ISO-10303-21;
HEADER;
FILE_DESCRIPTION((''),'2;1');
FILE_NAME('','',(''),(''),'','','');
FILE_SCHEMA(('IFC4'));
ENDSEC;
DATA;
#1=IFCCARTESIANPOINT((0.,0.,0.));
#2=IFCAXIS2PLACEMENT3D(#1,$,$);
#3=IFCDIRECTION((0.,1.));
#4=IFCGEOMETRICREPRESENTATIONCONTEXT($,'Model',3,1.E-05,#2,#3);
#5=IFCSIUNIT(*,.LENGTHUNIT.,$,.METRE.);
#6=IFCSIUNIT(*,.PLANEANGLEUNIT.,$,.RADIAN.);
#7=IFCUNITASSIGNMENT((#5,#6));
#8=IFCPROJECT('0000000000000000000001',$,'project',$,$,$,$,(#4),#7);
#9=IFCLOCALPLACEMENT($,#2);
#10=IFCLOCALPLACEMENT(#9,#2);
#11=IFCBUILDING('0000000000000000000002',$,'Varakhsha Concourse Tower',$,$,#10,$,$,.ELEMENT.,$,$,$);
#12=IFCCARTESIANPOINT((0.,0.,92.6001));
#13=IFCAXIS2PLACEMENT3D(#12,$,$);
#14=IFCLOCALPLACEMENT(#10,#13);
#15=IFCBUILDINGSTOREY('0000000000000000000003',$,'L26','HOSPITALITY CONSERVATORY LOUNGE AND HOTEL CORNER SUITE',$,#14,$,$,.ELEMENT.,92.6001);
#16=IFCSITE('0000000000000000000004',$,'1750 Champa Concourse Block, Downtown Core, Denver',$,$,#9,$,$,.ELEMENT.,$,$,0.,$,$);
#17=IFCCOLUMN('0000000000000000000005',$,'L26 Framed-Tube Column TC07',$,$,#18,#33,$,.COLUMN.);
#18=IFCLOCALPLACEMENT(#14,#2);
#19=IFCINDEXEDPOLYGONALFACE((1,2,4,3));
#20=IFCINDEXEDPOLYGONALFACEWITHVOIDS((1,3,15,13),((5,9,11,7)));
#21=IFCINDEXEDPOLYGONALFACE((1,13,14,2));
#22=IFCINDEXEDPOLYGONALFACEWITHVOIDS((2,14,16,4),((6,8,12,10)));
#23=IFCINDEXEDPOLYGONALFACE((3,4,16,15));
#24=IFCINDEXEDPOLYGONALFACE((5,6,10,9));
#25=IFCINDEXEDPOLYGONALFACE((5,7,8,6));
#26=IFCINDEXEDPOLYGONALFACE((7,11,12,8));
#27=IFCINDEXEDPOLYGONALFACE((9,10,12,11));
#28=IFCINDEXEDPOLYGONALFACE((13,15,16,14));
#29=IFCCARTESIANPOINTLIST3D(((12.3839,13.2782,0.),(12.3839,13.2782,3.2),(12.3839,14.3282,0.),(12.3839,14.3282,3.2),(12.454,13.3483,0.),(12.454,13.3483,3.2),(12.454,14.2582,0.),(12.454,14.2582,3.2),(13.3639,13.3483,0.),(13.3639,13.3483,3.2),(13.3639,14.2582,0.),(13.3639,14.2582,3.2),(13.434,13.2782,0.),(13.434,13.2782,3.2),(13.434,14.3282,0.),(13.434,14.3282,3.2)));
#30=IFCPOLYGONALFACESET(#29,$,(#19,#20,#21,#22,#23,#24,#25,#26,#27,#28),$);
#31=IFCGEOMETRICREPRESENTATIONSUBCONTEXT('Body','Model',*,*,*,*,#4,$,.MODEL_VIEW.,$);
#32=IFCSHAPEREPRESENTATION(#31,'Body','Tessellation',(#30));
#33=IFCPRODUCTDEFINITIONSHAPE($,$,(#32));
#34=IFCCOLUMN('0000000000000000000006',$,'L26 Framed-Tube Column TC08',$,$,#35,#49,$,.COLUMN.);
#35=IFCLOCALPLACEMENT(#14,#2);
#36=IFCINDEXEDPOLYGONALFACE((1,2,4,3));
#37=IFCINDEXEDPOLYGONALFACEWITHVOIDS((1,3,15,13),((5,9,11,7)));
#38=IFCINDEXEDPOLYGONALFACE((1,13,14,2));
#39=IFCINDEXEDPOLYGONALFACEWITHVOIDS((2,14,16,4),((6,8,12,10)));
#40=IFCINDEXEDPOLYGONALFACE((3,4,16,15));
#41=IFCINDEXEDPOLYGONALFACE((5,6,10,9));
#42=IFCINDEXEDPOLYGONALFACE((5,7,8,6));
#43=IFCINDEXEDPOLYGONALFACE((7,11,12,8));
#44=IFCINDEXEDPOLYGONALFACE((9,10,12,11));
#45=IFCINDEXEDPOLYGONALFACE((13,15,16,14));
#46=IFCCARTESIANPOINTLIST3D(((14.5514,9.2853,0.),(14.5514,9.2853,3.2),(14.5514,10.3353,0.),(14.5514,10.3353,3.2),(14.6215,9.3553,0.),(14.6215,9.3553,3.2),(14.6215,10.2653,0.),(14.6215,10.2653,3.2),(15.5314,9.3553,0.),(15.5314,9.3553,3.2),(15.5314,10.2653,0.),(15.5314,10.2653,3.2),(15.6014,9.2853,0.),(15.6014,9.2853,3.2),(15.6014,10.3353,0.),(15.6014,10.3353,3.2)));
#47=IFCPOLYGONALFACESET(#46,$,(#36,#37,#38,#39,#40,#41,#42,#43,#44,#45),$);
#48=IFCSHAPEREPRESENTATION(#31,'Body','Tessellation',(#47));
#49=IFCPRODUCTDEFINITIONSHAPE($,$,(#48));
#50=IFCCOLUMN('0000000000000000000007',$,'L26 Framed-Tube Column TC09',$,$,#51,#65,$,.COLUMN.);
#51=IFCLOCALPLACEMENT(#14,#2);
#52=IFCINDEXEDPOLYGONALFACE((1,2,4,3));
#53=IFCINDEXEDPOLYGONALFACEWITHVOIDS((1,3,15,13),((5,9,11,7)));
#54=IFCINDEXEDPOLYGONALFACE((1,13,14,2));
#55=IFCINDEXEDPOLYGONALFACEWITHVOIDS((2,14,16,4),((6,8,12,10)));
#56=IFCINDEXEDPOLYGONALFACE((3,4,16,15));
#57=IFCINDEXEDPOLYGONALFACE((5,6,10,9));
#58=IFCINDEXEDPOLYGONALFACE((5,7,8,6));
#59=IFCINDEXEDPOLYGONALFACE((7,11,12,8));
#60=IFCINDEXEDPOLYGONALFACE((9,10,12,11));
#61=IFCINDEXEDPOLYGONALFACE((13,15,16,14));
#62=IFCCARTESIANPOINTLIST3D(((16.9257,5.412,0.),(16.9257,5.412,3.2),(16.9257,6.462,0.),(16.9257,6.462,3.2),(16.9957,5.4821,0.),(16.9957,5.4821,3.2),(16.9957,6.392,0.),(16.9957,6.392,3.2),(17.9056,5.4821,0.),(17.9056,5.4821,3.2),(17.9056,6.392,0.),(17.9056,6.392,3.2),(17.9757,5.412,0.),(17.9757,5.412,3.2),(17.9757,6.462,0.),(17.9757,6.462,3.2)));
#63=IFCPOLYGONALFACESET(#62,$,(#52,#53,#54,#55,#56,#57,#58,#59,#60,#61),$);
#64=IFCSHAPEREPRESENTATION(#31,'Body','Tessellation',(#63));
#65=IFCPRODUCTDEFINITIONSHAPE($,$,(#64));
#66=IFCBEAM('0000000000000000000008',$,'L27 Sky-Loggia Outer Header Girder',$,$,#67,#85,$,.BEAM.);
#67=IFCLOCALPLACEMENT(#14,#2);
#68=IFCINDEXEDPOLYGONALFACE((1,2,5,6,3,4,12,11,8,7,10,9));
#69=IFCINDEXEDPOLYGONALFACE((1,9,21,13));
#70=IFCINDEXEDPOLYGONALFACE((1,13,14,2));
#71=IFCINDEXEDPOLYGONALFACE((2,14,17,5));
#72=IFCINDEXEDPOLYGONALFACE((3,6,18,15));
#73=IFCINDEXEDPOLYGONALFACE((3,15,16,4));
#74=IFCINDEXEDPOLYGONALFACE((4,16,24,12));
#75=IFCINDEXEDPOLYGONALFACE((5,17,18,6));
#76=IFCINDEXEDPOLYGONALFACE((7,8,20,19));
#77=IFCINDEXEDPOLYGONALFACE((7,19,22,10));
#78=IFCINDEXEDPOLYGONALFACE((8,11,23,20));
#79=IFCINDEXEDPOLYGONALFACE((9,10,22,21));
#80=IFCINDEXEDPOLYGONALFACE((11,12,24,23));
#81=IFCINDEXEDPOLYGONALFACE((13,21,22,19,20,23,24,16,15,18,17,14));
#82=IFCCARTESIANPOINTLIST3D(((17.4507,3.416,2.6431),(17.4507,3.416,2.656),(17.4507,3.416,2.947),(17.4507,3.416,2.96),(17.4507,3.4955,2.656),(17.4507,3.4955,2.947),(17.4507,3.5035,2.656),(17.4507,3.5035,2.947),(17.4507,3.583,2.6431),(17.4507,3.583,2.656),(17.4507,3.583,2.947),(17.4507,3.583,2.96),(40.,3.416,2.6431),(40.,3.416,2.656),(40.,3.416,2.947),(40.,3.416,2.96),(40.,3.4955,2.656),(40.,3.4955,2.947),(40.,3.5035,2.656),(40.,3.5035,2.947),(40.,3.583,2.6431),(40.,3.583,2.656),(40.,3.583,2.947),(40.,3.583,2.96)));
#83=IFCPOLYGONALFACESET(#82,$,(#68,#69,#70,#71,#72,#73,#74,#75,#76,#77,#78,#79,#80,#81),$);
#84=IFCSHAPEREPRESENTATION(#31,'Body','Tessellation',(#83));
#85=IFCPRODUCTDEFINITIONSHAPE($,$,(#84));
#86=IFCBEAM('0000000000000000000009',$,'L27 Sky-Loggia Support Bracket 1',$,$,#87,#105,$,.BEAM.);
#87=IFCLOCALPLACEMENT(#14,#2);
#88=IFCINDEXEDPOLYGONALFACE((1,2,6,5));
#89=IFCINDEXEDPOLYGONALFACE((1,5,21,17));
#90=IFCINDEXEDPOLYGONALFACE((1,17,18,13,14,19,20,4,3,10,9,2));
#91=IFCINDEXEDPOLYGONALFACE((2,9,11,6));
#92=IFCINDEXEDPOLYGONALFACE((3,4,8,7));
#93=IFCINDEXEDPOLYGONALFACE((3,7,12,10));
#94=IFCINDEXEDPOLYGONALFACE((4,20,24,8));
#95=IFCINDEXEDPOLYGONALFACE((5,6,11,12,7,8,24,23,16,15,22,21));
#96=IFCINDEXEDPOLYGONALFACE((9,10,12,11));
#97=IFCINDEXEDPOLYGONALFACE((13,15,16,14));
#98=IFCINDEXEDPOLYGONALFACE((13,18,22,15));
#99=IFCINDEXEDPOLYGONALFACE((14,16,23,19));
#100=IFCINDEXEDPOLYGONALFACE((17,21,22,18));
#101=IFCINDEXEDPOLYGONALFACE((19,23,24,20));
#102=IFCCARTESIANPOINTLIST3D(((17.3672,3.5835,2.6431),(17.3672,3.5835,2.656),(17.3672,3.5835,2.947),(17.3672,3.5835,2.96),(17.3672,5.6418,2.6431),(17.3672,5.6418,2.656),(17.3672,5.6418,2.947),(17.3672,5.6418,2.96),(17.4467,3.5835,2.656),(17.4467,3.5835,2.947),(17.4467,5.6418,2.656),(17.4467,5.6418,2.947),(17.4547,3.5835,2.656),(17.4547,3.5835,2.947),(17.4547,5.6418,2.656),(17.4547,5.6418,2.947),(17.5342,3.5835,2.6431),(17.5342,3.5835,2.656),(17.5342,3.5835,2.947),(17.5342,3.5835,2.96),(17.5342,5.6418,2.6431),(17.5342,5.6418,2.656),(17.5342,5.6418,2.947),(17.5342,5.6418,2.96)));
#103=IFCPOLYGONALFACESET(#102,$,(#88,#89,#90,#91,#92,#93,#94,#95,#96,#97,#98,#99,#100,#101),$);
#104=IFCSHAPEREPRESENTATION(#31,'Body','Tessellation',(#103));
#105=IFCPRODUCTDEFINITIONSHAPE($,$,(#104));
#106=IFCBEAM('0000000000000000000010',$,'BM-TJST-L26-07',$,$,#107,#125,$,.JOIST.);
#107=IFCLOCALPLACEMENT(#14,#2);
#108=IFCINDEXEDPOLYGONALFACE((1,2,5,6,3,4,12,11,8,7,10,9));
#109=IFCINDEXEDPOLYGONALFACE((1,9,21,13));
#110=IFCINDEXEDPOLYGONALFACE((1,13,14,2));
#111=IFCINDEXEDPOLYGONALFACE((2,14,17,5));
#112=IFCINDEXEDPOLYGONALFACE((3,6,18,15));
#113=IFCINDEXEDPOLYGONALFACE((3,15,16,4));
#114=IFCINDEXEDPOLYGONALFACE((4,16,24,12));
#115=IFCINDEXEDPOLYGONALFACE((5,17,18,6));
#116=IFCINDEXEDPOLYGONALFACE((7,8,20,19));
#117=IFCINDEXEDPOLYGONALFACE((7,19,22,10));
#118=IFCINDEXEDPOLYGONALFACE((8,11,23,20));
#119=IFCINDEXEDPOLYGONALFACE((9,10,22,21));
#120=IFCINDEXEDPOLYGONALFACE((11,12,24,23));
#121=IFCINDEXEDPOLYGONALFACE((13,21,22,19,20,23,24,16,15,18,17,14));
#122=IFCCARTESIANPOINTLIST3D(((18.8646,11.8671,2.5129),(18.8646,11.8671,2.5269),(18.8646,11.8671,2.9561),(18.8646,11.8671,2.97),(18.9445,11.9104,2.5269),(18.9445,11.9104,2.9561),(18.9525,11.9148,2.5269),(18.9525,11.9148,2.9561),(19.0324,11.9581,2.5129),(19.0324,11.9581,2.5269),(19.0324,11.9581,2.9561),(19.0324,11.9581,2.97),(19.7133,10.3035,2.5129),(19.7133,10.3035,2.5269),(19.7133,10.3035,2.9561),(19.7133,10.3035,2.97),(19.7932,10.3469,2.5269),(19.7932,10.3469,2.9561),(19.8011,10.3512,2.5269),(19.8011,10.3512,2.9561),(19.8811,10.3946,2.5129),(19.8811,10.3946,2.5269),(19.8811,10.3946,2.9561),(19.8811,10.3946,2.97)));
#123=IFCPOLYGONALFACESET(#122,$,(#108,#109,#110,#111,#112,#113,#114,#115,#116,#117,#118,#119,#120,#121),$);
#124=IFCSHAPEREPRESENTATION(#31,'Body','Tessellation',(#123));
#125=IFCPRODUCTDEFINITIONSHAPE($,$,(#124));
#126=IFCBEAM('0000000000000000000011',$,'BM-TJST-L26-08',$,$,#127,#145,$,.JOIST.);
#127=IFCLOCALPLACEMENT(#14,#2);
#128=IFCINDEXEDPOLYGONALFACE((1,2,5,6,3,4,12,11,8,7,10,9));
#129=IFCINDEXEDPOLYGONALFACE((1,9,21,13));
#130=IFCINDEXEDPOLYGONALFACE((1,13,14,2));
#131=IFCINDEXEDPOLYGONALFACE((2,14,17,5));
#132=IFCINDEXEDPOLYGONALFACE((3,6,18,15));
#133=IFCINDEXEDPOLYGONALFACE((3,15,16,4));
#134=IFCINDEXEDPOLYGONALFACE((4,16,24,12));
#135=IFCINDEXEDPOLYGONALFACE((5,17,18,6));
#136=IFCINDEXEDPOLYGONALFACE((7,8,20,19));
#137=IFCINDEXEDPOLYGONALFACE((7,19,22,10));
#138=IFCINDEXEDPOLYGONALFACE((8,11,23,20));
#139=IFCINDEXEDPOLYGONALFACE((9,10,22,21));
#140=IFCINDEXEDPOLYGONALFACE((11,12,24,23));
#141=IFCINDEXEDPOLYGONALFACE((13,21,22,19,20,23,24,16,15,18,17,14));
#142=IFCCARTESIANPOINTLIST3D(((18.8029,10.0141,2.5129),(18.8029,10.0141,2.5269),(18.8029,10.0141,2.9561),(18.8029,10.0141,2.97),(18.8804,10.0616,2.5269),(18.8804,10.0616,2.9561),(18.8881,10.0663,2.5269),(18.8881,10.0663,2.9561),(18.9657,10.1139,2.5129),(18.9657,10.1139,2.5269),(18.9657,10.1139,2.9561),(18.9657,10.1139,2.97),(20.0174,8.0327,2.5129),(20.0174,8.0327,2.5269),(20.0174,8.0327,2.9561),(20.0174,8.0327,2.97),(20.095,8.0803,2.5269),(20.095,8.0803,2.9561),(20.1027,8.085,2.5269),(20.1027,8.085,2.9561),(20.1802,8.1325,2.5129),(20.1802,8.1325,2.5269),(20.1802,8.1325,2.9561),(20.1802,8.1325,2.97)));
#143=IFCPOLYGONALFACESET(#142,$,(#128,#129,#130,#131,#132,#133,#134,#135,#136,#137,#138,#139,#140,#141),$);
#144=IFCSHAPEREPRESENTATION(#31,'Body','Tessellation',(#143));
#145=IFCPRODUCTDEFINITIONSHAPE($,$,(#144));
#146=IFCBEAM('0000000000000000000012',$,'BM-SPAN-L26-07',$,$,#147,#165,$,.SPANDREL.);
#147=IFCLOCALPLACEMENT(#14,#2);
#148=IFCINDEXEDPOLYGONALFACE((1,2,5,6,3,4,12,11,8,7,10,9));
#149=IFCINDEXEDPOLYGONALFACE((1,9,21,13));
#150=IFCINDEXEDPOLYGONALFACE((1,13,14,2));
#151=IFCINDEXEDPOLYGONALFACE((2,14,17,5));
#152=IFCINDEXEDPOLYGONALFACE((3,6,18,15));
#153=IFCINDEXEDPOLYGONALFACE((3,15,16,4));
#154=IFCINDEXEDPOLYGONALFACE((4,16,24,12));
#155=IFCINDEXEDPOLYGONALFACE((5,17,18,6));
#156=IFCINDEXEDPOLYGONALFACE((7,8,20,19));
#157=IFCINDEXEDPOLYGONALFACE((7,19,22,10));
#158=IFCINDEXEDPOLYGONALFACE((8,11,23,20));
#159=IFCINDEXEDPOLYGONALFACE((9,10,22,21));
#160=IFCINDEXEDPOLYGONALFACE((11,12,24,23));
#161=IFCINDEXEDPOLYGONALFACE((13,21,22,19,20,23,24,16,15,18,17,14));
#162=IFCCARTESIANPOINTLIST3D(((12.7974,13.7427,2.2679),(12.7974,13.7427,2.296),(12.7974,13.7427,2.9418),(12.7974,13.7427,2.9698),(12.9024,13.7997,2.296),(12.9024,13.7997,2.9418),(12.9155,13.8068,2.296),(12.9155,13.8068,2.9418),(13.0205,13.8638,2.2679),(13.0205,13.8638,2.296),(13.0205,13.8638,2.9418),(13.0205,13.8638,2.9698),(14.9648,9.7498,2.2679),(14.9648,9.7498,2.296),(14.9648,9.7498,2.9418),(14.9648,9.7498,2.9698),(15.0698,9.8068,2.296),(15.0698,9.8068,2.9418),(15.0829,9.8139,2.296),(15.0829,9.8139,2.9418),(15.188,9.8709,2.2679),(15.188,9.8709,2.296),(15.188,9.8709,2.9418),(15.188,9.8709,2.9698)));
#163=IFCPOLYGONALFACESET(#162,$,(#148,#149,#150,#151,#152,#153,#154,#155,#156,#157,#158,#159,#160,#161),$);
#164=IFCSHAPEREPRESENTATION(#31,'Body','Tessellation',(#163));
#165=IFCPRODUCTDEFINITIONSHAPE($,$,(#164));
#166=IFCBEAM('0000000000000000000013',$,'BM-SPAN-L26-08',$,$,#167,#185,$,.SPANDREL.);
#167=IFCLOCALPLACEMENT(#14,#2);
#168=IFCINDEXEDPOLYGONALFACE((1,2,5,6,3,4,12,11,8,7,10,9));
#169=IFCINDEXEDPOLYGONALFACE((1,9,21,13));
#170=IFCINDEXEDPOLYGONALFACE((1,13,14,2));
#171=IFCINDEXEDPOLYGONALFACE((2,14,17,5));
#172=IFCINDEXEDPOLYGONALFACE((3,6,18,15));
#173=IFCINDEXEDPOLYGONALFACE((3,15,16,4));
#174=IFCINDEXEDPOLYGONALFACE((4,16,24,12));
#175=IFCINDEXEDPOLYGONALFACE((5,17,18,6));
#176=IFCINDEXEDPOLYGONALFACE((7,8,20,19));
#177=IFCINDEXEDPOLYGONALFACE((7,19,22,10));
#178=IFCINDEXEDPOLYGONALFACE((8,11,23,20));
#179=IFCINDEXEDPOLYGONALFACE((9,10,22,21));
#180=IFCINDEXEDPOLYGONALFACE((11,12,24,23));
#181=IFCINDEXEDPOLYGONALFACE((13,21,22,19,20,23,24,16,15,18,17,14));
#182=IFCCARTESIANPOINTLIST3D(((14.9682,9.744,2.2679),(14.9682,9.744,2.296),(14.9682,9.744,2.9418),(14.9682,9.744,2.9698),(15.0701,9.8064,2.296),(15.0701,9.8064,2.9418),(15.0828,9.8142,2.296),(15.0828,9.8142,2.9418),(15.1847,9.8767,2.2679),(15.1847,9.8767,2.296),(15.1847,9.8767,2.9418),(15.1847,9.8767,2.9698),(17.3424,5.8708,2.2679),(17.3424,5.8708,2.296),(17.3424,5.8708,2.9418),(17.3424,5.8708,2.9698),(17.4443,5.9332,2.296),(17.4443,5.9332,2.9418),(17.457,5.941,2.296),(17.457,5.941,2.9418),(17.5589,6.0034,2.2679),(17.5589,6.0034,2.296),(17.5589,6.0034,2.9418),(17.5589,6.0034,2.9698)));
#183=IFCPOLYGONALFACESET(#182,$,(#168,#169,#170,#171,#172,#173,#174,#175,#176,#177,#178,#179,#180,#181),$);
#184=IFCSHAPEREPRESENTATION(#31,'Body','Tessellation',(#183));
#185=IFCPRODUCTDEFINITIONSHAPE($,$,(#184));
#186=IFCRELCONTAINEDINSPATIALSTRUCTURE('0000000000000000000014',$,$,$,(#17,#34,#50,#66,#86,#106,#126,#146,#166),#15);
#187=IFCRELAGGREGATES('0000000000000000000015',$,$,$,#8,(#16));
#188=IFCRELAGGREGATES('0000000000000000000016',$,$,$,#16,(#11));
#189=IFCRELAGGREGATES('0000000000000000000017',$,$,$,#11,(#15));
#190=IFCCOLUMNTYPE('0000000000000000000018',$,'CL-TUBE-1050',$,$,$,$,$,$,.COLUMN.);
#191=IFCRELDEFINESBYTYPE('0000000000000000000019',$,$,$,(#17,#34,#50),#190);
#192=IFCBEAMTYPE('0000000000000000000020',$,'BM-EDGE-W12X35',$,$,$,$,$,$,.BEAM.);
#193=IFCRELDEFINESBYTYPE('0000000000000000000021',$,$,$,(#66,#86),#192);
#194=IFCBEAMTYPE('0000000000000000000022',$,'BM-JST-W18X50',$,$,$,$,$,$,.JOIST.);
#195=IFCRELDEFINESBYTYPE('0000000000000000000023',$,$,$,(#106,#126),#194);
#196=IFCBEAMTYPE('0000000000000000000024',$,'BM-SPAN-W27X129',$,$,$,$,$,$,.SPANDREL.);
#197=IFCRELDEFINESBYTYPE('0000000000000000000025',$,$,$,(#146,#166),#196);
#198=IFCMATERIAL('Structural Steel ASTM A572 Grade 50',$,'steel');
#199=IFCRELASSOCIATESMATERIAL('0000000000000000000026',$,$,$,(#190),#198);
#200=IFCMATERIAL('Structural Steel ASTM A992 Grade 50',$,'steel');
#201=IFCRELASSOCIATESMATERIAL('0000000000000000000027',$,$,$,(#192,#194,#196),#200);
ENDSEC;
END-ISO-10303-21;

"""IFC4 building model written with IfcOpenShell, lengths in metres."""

from ifc_helpers import new_model, si_unit, direction, frame, origin, origin_2d, place, context, subcontext, project, spatial, hollow_rectangle, i_section, extrude, material, material_profile, profile_set, type_object, element, save


model = new_model("IFC4")

# Units and contexts
model_context = context("Model", 3, precision=1e-05, world=origin(), true_north=direction((0.0, 1.0)))
body_context = subcontext(model_context, "Body", "Model", "MODEL_VIEW")
ifc_project = project(units=[si_unit("LENGTHUNIT", "METRE"), si_unit("PLANEANGLEUNIT", "RADIAN")], contexts=[model_context])

# Site, building, storey
site_placement = place(None, origin())
site = spatial("IfcSite", under=ifc_project, at=site_placement, Name="1750 Champa Concourse Block, Downtown Core, Denver", CompositionType="ELEMENT", RefElevation=0.0)
building_placement = place(site_placement, origin())
building = spatial("IfcBuilding", under=site, at=building_placement, Name="Varakhsha Concourse Tower", CompositionType="ELEMENT")
storey_placement = place(building_placement, frame((0.0, 0.0, 92.6001)))
storey = spatial("IfcBuildingStorey", under=building, at=storey_placement, Name="L26", Description="HOSPITALITY CONSERVATORY LOUNGE AND HOTEL CORNER SUITE", CompositionType="ELEMENT", Elevation=92.6001)

# Columns
ifc_material_1 = material(Name="Structural Steel ASTM A572 Grade 50", Category="steel")
ifc_material_profile_1 = material_profile(ifc_material_1, hollow_rectangle(XDim=1.05, YDim=1.05, WallThickness=0.0701, at=origin_2d()), Name="BOX 1050x1050x70")
ifc_profile_set_1 = profile_set([ifc_material_profile_1], Name="Structural Steel ASTM A572 Grade 50")
column_type = type_object("IfcColumnType", Name="CL-TUBE-1050", PredefinedType="COLUMN", material=ifc_profile_set_1)
for number, where, z_axis, x_axis, name in (
    (1, (12.9089, 13.8032, 0.0), (0.0, 0.0, 1.0), (1.0, 0.0, 0.0), "L26 Framed-Tube Column TC07"),
    (2, (15.0764, 9.8103, 0.0), (0.0, 0.0, 1.0), (1.0, 0.0, 0.0), "L26 Framed-Tube Column TC08"),
    (3, (17.4507, 5.937, 0.0), (0.0, 0.0, 1.0), (1.0, 0.0, 0.0), "L26 Framed-Tube Column TC09"),
):
    element("IfcColumn", number, at=place(storey_placement, frame(where, z_axis=z_axis, x_axis=x_axis)), inside=storey, type_object=column_type, Name=name, PredefinedType="COLUMN", context=body_context, shape_type="SweptSolid", body=[
        extrude(hollow_rectangle(XDim=1.05, YDim=1.05, WallThickness=0.0701, at=origin_2d()), origin(), (0.0, 0.0, 1.0), 3.2),
    ])

# Beams
ifc_material_2 = material(Name="Structural Steel ASTM A992 Grade 50", Category="steel")
ifc_material_profile_2 = material_profile(ifc_material_2, i_section(OverallWidth=0.167, OverallDepth=0.3169, WebThickness=0.0081, FlangeThickness=0.0129, at=origin_2d()), Name="W12X35")
ifc_profile_set_2 = profile_set([ifc_material_profile_2], Name="Structural Steel ASTM A992 Grade 50")
beam_type_1 = type_object("IfcBeamType", Name="BM-EDGE-W12X35", PredefinedType="BEAM", material=ifc_profile_set_2)
beam_1_placement = place(storey_placement, frame((17.4507, 3.4995, 2.8015), z_axis=(1.0, 0.0, 0.0), x_axis=(0.0, 1.0, 0.0)))
element("IfcBeam", 4, at=beam_1_placement, inside=storey, type_object=beam_type_1, Name="L27 Sky-Loggia Outer Header Girder", PredefinedType="BEAM", context=body_context, shape_type="SweptSolid", body=[
    extrude(i_section(OverallWidth=0.167, OverallDepth=0.3169, WebThickness=0.0081, FlangeThickness=0.0129, at=origin_2d()), origin(), (0.0, 0.0, 1.0), 22.5493),
])
beam_2_placement = place(storey_placement, frame((17.4507, 5.6418, 2.8015), z_axis=(0.0, -1.0, 0.0), x_axis=(1.0, 0.0, 0.0)))
element("IfcBeam", 5, at=beam_2_placement, inside=storey, type_object=beam_type_1, Name="L27 Sky-Loggia Support Bracket 1", PredefinedType="BEAM", context=body_context, shape_type="SweptSolid", body=[
    extrude(i_section(OverallWidth=0.167, OverallDepth=0.3169, WebThickness=0.0081, FlangeThickness=0.0129, at=origin_2d()), origin(), (0.0, 0.0, 1.0), 2.0583),
])
ifc_material_profile_3 = material_profile(ifc_material_2, i_section(OverallWidth=0.1909, OverallDepth=0.457, WebThickness=0.009, FlangeThickness=0.0139, at=origin_2d()), Name="W18X50")
ifc_profile_set_3 = profile_set([ifc_material_profile_3], Name="Structural Steel ASTM A992 Grade 50")
beam_type_2 = type_object("IfcBeamType", Name="BM-JST-W18X50", PredefinedType="JOIST", material=ifc_profile_set_3)
beam_3_placement = place(storey_placement, frame((18.9485, 11.9126, 2.7415), z_axis=(0.477043, -0.87888, 0.0), x_axis=(0.87888, 0.477043, 0.0)))
element("IfcBeam", 6, at=beam_3_placement, inside=storey, type_object=beam_type_2, Name="BM-TJST-L26-07", PredefinedType="JOIST", context=body_context, shape_type="SweptSolid", body=[
    extrude(i_section(OverallWidth=0.1909, OverallDepth=0.457, WebThickness=0.009, FlangeThickness=0.0139, at=origin_2d()), origin(), (0.0, 0.0, 1.0), 1.7791),
])
beam_4_placement = place(storey_placement, frame((18.8843, 10.064, 2.7415), z_axis=(0.522614, -0.85257, 0.0), x_axis=(0.85257, 0.522614, 0.0)))
element("IfcBeam", 7, at=beam_4_placement, inside=storey, type_object=beam_type_2, Name="BM-TJST-L26-08", PredefinedType="JOIST", context=body_context, shape_type="SweptSolid", body=[
    extrude(i_section(OverallWidth=0.1909, OverallDepth=0.457, WebThickness=0.009, FlangeThickness=0.0139, at=origin_2d()), origin(), (0.0, 0.0, 1.0), 2.324),
])
ifc_material_profile_4 = material_profile(ifc_material_2, i_section(OverallWidth=0.2539, OverallDepth=0.7019, WebThickness=0.0149, FlangeThickness=0.0281, at=origin_2d()), Name="W27X129")
ifc_profile_set_4 = profile_set([ifc_material_profile_4], Name="Structural Steel ASTM A992 Grade 50")
beam_type_3 = type_object("IfcBeamType", Name="BM-SPAN-W27X129", PredefinedType="SPANDREL", material=ifc_profile_set_4)
beam_5_placement = place(storey_placement, frame((12.9089, 13.8032, 2.6189), z_axis=(0.477074, -0.878863, 0.0), x_axis=(0.878863, 0.477074, 0.0)))
element("IfcBeam", 8, at=beam_5_placement, inside=storey, type_object=beam_type_3, Name="BM-SPAN-L26-07", PredefinedType="SPANDREL", context=body_context, shape_type="SweptSolid", body=[
    extrude(i_section(OverallWidth=0.2539, OverallDepth=0.7019, WebThickness=0.0149, FlangeThickness=0.0281, at=origin_2d()), origin(), (0.0, 0.0, 1.0), 4.5432),
])
beam_6_placement = place(storey_placement, frame((15.0764, 9.8103, 2.6189), z_axis=(0.522612, -0.85257, 0.0), x_axis=(0.85257, 0.522612, 0.0)))
element("IfcBeam", 9, at=beam_6_placement, inside=storey, type_object=beam_type_3, Name="BM-SPAN-L26-08", PredefinedType="SPANDREL", context=body_context, shape_type="SweptSolid", body=[
    extrude(i_section(OverallWidth=0.2539, OverallDepth=0.7019, WebThickness=0.0149, FlangeThickness=0.0281, at=origin_2d()), origin(), (0.0, 0.0, 1.0), 4.543),
])

save(model, "model.ifc")
